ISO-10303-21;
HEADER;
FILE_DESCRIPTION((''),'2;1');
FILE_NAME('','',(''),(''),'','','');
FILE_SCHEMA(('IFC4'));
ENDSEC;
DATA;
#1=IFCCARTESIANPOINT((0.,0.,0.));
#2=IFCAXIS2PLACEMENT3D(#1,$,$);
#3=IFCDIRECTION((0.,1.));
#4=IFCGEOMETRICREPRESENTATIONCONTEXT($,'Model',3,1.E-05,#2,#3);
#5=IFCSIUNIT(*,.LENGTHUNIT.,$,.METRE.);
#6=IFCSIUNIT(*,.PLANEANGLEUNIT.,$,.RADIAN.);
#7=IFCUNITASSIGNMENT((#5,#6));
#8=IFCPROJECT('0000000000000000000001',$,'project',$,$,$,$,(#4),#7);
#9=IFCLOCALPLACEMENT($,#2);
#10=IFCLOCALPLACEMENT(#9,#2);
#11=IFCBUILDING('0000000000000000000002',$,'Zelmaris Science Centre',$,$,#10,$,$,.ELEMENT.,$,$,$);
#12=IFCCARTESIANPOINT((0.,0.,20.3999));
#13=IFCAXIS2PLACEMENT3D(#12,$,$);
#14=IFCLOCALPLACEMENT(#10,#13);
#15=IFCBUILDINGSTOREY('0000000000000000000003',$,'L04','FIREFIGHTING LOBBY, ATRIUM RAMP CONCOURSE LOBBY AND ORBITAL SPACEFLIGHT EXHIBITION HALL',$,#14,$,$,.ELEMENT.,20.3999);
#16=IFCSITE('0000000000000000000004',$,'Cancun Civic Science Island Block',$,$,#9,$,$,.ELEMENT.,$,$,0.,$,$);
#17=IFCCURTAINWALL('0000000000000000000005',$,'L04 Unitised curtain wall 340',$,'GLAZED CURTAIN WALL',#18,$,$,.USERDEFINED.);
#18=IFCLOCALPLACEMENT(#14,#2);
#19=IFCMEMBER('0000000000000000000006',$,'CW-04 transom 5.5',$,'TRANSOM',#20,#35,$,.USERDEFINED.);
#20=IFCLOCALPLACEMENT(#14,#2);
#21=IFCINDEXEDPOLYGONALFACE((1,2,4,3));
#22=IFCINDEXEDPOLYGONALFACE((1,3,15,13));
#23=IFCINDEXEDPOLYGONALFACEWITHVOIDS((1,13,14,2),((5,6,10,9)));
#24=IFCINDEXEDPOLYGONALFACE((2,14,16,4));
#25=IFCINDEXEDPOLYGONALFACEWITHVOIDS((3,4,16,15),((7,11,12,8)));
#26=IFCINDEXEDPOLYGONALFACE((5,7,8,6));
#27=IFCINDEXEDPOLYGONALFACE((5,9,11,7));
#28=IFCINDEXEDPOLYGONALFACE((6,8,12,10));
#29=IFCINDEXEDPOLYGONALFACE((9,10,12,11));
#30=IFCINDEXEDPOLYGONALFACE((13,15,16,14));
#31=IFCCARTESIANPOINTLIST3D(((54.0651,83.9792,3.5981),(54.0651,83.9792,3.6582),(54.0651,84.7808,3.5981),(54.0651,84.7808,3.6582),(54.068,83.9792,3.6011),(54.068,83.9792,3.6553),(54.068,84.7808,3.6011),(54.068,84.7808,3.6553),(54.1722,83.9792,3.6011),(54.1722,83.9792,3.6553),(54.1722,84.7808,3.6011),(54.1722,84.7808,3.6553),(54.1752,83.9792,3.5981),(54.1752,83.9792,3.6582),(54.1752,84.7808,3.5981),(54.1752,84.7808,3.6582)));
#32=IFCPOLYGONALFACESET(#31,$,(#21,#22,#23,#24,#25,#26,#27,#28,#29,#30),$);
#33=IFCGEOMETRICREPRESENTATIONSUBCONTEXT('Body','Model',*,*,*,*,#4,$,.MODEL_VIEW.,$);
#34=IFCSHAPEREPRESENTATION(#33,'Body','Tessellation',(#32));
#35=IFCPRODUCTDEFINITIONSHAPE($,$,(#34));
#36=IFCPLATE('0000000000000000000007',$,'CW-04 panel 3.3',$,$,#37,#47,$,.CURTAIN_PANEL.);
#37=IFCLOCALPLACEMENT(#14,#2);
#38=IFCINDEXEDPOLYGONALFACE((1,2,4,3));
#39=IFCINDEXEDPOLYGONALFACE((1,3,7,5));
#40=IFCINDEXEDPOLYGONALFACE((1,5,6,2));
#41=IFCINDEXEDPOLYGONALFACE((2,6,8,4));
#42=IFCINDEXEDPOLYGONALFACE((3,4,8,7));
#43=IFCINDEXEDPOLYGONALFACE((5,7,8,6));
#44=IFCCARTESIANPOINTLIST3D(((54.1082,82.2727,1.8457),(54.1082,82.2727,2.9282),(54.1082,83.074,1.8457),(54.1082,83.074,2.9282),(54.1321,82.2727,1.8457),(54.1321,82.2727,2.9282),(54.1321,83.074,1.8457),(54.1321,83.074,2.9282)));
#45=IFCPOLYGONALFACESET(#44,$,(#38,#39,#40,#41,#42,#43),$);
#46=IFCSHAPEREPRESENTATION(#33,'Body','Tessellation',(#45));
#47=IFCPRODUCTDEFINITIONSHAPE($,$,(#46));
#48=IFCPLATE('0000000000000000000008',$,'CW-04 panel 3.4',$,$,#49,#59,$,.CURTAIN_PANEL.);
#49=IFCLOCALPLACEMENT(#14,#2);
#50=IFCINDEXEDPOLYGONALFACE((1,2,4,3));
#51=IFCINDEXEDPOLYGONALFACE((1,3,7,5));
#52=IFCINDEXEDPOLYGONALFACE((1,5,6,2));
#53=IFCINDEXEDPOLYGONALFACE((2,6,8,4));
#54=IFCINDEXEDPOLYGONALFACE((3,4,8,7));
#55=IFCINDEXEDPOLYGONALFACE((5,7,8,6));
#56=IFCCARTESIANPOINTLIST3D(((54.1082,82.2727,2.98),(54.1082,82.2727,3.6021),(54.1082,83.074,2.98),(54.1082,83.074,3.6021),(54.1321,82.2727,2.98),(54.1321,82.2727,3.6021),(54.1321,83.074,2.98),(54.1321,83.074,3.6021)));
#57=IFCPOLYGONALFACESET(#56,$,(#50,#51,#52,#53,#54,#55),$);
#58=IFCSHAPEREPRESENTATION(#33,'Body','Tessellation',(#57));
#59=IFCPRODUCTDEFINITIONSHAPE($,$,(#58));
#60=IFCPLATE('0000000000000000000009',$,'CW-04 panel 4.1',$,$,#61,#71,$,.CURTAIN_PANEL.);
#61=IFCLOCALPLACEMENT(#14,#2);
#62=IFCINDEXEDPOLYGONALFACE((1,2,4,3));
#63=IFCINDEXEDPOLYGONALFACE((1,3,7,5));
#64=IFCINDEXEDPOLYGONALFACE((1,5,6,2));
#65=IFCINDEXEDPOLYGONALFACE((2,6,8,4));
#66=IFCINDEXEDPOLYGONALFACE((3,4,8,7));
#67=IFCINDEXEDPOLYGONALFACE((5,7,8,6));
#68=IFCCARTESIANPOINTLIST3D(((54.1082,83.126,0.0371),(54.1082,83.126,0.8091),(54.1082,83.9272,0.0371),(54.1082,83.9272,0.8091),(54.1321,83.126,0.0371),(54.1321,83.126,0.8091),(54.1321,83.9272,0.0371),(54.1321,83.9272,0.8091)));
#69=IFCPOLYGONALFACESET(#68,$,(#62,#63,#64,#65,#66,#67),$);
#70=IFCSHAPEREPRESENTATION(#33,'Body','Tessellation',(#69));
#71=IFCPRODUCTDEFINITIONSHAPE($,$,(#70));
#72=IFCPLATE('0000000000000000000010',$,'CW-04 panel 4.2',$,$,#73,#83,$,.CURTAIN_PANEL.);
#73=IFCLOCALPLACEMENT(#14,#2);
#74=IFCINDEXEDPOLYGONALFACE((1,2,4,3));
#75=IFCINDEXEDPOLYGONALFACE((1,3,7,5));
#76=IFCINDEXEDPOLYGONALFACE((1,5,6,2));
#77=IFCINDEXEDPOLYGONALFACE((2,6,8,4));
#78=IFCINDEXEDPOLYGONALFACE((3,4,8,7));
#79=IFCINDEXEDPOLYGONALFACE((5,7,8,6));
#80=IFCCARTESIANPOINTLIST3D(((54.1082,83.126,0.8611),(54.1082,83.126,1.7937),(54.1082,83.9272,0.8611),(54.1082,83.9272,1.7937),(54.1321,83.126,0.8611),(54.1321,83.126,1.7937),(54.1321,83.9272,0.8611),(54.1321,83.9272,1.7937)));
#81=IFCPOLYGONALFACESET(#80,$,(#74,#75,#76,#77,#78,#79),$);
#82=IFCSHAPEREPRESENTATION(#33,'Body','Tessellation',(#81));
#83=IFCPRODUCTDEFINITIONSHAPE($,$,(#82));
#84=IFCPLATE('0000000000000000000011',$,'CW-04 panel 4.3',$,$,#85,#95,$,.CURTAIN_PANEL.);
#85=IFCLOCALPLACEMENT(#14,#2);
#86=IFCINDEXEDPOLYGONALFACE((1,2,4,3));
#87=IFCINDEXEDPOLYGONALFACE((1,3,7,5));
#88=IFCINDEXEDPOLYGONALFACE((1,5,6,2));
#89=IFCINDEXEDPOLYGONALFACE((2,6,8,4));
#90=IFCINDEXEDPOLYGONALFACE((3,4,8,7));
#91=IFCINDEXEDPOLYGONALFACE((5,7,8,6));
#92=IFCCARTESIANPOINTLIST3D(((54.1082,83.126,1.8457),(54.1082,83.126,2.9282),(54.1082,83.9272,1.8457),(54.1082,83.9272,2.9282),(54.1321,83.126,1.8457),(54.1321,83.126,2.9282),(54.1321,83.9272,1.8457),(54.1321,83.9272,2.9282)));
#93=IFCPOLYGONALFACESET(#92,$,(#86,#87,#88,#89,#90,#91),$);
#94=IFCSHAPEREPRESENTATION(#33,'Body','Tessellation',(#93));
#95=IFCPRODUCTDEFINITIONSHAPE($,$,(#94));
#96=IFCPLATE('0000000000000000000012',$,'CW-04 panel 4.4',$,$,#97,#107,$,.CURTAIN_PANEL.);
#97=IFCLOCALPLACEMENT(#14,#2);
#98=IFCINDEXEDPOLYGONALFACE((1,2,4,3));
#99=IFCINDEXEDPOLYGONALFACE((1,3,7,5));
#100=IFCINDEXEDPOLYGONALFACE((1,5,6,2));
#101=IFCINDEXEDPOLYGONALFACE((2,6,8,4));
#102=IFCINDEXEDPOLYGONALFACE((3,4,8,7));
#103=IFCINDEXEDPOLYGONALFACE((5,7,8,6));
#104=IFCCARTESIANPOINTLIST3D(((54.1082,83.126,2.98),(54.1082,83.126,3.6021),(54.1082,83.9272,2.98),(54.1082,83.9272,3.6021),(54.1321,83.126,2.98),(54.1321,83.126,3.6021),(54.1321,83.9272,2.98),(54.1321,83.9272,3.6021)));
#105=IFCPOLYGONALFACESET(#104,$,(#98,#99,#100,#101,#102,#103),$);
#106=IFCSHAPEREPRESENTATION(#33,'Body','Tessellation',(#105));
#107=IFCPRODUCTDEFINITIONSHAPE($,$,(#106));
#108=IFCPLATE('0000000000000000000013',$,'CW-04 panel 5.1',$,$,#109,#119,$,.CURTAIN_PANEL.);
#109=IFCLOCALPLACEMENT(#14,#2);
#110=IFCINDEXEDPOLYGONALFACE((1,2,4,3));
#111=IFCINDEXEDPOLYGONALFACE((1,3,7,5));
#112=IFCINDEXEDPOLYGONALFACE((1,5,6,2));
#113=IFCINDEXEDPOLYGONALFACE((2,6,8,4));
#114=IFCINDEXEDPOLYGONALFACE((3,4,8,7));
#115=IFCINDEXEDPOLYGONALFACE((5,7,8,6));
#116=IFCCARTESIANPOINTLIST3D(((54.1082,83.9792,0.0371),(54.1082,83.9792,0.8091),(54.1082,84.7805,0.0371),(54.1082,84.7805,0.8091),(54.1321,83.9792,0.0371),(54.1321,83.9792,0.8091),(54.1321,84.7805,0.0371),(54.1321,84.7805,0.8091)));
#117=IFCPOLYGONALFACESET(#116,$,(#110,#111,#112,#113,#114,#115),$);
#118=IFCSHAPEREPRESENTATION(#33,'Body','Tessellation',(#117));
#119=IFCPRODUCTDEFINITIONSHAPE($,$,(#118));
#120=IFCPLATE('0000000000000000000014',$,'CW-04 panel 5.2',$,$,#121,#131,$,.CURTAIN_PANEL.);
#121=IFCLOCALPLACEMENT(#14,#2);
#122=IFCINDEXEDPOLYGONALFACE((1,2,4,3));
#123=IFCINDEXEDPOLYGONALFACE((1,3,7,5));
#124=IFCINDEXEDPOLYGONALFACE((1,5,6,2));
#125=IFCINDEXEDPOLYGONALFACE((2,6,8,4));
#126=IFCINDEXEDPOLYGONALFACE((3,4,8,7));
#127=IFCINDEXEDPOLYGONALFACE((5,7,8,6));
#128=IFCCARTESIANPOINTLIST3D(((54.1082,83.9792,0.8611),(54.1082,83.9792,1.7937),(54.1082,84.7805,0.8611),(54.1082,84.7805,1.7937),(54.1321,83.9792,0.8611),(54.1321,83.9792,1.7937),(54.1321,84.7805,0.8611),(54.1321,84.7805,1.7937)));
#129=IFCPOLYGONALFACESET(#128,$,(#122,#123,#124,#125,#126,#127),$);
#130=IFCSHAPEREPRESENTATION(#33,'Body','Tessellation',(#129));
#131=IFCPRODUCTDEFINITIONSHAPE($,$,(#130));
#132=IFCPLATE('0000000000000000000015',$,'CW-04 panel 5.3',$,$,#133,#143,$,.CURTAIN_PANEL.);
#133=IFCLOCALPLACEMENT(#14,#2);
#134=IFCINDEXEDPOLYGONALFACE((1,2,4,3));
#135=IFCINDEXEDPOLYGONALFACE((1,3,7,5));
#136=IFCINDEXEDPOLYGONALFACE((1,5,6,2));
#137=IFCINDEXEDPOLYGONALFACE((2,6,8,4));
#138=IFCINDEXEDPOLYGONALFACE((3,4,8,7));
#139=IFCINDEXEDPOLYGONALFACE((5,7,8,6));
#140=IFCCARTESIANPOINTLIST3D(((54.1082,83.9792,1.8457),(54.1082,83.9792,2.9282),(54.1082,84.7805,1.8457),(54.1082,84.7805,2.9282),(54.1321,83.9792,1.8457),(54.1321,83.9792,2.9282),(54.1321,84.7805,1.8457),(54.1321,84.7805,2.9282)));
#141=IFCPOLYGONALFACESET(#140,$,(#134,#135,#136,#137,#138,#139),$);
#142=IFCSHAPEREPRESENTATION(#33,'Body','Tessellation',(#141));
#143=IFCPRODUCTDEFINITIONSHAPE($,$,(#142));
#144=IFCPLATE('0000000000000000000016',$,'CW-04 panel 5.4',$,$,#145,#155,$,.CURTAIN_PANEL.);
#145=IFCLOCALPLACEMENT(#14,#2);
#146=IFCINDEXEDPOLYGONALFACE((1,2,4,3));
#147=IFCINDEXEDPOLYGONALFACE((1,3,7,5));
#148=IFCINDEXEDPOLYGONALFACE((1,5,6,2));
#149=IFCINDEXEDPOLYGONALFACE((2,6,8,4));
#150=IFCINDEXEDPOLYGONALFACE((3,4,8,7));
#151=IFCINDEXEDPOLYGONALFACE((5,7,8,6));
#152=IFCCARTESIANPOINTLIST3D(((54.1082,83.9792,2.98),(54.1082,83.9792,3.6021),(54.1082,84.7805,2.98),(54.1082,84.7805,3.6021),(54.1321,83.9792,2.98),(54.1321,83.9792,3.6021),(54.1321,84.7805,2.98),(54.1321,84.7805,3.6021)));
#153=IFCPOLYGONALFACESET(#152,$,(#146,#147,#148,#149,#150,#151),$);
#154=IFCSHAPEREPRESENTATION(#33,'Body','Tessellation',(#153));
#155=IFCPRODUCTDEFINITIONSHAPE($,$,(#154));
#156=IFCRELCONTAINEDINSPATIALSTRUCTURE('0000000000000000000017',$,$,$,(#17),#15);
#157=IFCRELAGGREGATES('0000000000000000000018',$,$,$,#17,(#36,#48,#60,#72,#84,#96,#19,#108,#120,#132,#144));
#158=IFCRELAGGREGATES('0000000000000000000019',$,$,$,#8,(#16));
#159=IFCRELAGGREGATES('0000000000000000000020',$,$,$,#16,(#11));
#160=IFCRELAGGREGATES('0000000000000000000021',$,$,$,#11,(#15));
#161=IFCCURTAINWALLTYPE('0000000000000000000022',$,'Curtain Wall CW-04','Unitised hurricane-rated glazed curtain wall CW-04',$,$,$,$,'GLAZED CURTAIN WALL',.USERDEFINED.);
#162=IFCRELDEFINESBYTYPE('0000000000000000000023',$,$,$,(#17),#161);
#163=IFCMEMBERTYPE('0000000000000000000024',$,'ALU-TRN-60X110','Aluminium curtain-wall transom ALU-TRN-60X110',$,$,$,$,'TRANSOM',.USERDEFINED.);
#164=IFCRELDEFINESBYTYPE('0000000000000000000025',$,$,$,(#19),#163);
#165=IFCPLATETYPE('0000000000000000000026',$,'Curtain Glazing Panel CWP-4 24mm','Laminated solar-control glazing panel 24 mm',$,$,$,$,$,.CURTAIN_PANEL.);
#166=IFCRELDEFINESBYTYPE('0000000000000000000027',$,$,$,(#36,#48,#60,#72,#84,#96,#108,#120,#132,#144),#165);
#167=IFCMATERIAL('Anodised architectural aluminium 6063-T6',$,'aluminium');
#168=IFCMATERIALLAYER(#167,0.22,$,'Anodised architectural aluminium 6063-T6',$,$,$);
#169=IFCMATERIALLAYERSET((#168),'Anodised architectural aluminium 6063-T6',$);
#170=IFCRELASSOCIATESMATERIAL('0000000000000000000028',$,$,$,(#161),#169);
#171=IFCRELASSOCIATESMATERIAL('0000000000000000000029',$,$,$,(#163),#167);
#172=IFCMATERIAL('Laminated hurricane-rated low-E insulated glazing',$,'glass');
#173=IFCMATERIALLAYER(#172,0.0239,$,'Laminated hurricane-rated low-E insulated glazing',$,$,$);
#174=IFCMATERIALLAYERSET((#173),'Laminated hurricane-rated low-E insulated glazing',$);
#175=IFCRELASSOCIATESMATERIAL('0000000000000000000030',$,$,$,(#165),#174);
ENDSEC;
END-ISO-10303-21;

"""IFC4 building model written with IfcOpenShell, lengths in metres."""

from ifc_helpers import new_model, si_unit, direction, frame, origin, origin_2d, place, context, subcontext, project, spatial, rectangle, hollow_rectangle, extrude, material, layer, layer_set, material_profile, profile_set, type_object, element, aggregate, save


model = new_model("IFC4")

# Units and contexts
model_context = context("Model", 3, precision=1e-05, world=origin(), true_north=direction((0.0, 1.0)))
body_context = subcontext(model_context, "Body", "Model", "MODEL_VIEW")
ifc_project = project(units=[si_unit("LENGTHUNIT", "METRE"), si_unit("PLANEANGLEUNIT", "RADIAN")], contexts=[model_context])

# Site, building, storey
site_placement = place(None, origin())
site = spatial("IfcSite", under=ifc_project, at=site_placement, Name="Cancun Civic Science Island Block", CompositionType="ELEMENT", RefElevation=0.0)
building_placement = place(site_placement, origin())
building = spatial("IfcBuilding", under=site, at=building_placement, Name="Zelmaris Science Centre", CompositionType="ELEMENT")
storey_placement = place(building_placement, frame((0.0, 0.0, 20.3999)))
storey = spatial("IfcBuildingStorey", under=building, at=storey_placement, Name="L04", Description="FIREFIGHTING LOBBY, ATRIUM RAMP CONCOURSE LOBBY AND ORBITAL SPACEFLIGHT EXHIBITION HALL", CompositionType="ELEMENT", Elevation=20.3999)

# Curtain wall, member, plates
ifc_material_1 = material(Name="Anodised architectural aluminium 6063-T6", Category="aluminium")
ifc_layer_1 = layer(ifc_material_1, 0.22, Name="Anodised architectural aluminium 6063-T6")
ifc_layer_set_1 = layer_set([ifc_layer_1], Name="Anodised architectural aluminium 6063-T6")
curtain_wall_type = type_object("IfcCurtainWallType", Name="Curtain Wall CW-04", Description="Unitised hurricane-rated glazed curtain wall CW-04", ElementType="GLAZED CURTAIN WALL", PredefinedType="USERDEFINED", material=ifc_layer_set_1)
curtain_wall_placement = place(storey_placement, origin())
curtain_wall = element("IfcCurtainWall", 1, at=curtain_wall_placement, inside=storey, type_object=curtain_wall_type, Name="L04 Unitised curtain wall 340", ObjectType="GLAZED CURTAIN WALL", PredefinedType="USERDEFINED")
ifc_material_profile_1 = material_profile(ifc_material_1, hollow_rectangle(XDim=0.0601, YDim=0.1101, WallThickness=0.0029, at=origin_2d()), Name="ALU-TRN-60X110")
ifc_profile_set_1 = profile_set([ifc_material_profile_1], Name="Anodised architectural aluminium 6063-T6")
member_type_1 = type_object("IfcMemberType", Name="ALU-TRN-60X110", Description="Aluminium curtain-wall transom ALU-TRN-60X110", ElementType="TRANSOM", PredefinedType="USERDEFINED", material=ifc_profile_set_1)
member_1_placement = place(storey_placement, frame((54.1201, 83.9792, 3.6282), z_axis=(0.0, 1.0, 0.0), x_axis=(0.0, 0.0, 1.0)))
member_1 = element("IfcMember", 2, at=member_1_placement, type_object=member_type_1, Name="CW-04 transom 5.5", ObjectType="TRANSOM", PredefinedType="USERDEFINED", context=body_context, shape_type="SweptSolid", body=[
    extrude(hollow_rectangle(XDim=0.0601, YDim=0.1101, WallThickness=0.0029, at=origin_2d()), origin(), (0.0, 0.0, 1.0), 0.8015),
])
ifc_material_2 = material(Name="Laminated hurricane-rated low-E insulated glazing", Category="glass")
ifc_layer_2 = layer(ifc_material_2, 0.0239, Name="Laminated hurricane-rated low-E insulated glazing")
ifc_layer_set_2 = layer_set([ifc_layer_2], Name="Laminated hurricane-rated low-E insulated glazing")
plate_type = type_object("IfcPlateType", Name="Curtain Glazing Panel CWP-4 24mm", Description="Laminated solar-control glazing panel 24 mm", PredefinedType="CURTAIN_PANEL", material=ifc_layer_set_2)
plate_1_placement = place(storey_placement, frame((54.1201, 82.6733, 1.8457), z_axis=(0.0, 0.0, 1.0), x_axis=(0.0, 1.0, 0.0)))
plate_1 = element("IfcPlate", 3, at=plate_1_placement, type_object=plate_type, Name="CW-04 panel 3.3", PredefinedType="CURTAIN_PANEL", context=body_context, shape_type="SweptSolid", body=[
    extrude(rectangle(XDim=0.8013, YDim=0.0239, at=origin_2d()), origin(), (0.0, 0.0, 1.0), 1.0825),
])
plate_2_placement = place(storey_placement, frame((54.1201, 82.6733, 2.98), z_axis=(0.0, 0.0, 1.0), x_axis=(0.0, 1.0, 0.0)))
plate_2 = element("IfcPlate", 4, at=plate_2_placement, type_object=plate_type, Name="CW-04 panel 3.4", PredefinedType="CURTAIN_PANEL", context=body_context, shape_type="SweptSolid", body=[
    extrude(rectangle(XDim=0.8013, YDim=0.0239, at=origin_2d()), origin(), (0.0, 0.0, 1.0), 0.6221),
])
plate_3_placement = place(storey_placement, frame((54.1201, 83.5266, 0.0371), z_axis=(0.0, 0.0, 1.0), x_axis=(0.0, 1.0, 0.0)))
plate_3 = element("IfcPlate", 5, at=plate_3_placement, type_object=plate_type, Name="CW-04 panel 4.1", PredefinedType="CURTAIN_PANEL", context=body_context, shape_type="SweptSolid", body=[
    extrude(rectangle(XDim=0.8013, YDim=0.0239, at=origin_2d()), origin(), (0.0, 0.0, 1.0), 0.772),
])
plate_4_placement = place(storey_placement, frame((54.1201, 83.5266, 0.8611), z_axis=(0.0, 0.0, 1.0), x_axis=(0.0, 1.0, 0.0)))
plate_4 = element("IfcPlate", 6, at=plate_4_placement, type_object=plate_type, Name="CW-04 panel 4.2", PredefinedType="CURTAIN_PANEL", context=body_context, shape_type="SweptSolid", body=[
    extrude(rectangle(XDim=0.8013, YDim=0.0239, at=origin_2d()), origin(), (0.0, 0.0, 1.0), 0.9326),
])
plate_5_placement = place(storey_placement, frame((54.1201, 83.5266, 1.8457), z_axis=(0.0, 0.0, 1.0), x_axis=(0.0, 1.0, 0.0)))
plate_5 = element("IfcPlate", 7, at=plate_5_placement, type_object=plate_type, Name="CW-04 panel 4.3", PredefinedType="CURTAIN_PANEL", context=body_context, shape_type="SweptSolid", body=[
    extrude(rectangle(XDim=0.8013, YDim=0.0239, at=origin_2d()), origin(), (0.0, 0.0, 1.0), 1.0825),
])
plate_6_placement = place(storey_placement, frame((54.1201, 83.5266, 2.98), z_axis=(0.0, 0.0, 1.0), x_axis=(0.0, 1.0, 0.0)))
plate_6 = element("IfcPlate", 8, at=plate_6_placement, type_object=plate_type, Name="CW-04 panel 4.4", PredefinedType="CURTAIN_PANEL", context=body_context, shape_type="SweptSolid", body=[
    extrude(rectangle(XDim=0.8013, YDim=0.0239, at=origin_2d()), origin(), (0.0, 0.0, 1.0), 0.6221),
])
plate_7_placement = place(storey_placement, frame((54.1201, 84.3799, 0.0371), z_axis=(0.0, 0.0, 1.0), x_axis=(0.0, 1.0, 0.0)))
plate_7 = element("IfcPlate", 9, at=plate_7_placement, type_object=plate_type, Name="CW-04 panel 5.1", PredefinedType="CURTAIN_PANEL", context=body_context, shape_type="SweptSolid", body=[
    extrude(rectangle(XDim=0.8013, YDim=0.0239, at=origin_2d()), origin(), (0.0, 0.0, 1.0), 0.772),
])
plate_8_placement = place(storey_placement, frame((54.1201, 84.3799, 0.8611), z_axis=(0.0, 0.0, 1.0), x_axis=(0.0, 1.0, 0.0)))
plate_8 = element("IfcPlate", 10, at=plate_8_placement, type_object=plate_type, Name="CW-04 panel 5.2", PredefinedType="CURTAIN_PANEL", context=body_context, shape_type="SweptSolid", body=[
    extrude(rectangle(XDim=0.8013, YDim=0.0239, at=origin_2d()), origin(), (0.0, 0.0, 1.0), 0.9326),
])
plate_9_placement = place(storey_placement, frame((54.1201, 84.3799, 1.8457), z_axis=(0.0, 0.0, 1.0), x_axis=(0.0, 1.0, 0.0)))
plate_9 = element("IfcPlate", 11, at=plate_9_placement, type_object=plate_type, Name="CW-04 panel 5.3", PredefinedType="CURTAIN_PANEL", context=body_context, shape_type="SweptSolid", body=[
    extrude(rectangle(XDim=0.8013, YDim=0.0239, at=origin_2d()), origin(), (0.0, 0.0, 1.0), 1.0825),
])
plate_10_placement = place(storey_placement, frame((54.1201, 84.3799, 2.98), z_axis=(0.0, 0.0, 1.0), x_axis=(0.0, 1.0, 0.0)))
plate_10 = element("IfcPlate", 12, at=plate_10_placement, type_object=plate_type, Name="CW-04 panel 5.4", PredefinedType="CURTAIN_PANEL", context=body_context, shape_type="SweptSolid", body=[
    extrude(rectangle(XDim=0.8013, YDim=0.0239, at=origin_2d()), origin(), (0.0, 0.0, 1.0), 0.6221),
])
aggregate(curtain_wall, [plate_1, plate_2, plate_3, plate_4, plate_5, plate_6, member_1, plate_7, plate_8, plate_9, plate_10])

save(model, "model.ifc")
